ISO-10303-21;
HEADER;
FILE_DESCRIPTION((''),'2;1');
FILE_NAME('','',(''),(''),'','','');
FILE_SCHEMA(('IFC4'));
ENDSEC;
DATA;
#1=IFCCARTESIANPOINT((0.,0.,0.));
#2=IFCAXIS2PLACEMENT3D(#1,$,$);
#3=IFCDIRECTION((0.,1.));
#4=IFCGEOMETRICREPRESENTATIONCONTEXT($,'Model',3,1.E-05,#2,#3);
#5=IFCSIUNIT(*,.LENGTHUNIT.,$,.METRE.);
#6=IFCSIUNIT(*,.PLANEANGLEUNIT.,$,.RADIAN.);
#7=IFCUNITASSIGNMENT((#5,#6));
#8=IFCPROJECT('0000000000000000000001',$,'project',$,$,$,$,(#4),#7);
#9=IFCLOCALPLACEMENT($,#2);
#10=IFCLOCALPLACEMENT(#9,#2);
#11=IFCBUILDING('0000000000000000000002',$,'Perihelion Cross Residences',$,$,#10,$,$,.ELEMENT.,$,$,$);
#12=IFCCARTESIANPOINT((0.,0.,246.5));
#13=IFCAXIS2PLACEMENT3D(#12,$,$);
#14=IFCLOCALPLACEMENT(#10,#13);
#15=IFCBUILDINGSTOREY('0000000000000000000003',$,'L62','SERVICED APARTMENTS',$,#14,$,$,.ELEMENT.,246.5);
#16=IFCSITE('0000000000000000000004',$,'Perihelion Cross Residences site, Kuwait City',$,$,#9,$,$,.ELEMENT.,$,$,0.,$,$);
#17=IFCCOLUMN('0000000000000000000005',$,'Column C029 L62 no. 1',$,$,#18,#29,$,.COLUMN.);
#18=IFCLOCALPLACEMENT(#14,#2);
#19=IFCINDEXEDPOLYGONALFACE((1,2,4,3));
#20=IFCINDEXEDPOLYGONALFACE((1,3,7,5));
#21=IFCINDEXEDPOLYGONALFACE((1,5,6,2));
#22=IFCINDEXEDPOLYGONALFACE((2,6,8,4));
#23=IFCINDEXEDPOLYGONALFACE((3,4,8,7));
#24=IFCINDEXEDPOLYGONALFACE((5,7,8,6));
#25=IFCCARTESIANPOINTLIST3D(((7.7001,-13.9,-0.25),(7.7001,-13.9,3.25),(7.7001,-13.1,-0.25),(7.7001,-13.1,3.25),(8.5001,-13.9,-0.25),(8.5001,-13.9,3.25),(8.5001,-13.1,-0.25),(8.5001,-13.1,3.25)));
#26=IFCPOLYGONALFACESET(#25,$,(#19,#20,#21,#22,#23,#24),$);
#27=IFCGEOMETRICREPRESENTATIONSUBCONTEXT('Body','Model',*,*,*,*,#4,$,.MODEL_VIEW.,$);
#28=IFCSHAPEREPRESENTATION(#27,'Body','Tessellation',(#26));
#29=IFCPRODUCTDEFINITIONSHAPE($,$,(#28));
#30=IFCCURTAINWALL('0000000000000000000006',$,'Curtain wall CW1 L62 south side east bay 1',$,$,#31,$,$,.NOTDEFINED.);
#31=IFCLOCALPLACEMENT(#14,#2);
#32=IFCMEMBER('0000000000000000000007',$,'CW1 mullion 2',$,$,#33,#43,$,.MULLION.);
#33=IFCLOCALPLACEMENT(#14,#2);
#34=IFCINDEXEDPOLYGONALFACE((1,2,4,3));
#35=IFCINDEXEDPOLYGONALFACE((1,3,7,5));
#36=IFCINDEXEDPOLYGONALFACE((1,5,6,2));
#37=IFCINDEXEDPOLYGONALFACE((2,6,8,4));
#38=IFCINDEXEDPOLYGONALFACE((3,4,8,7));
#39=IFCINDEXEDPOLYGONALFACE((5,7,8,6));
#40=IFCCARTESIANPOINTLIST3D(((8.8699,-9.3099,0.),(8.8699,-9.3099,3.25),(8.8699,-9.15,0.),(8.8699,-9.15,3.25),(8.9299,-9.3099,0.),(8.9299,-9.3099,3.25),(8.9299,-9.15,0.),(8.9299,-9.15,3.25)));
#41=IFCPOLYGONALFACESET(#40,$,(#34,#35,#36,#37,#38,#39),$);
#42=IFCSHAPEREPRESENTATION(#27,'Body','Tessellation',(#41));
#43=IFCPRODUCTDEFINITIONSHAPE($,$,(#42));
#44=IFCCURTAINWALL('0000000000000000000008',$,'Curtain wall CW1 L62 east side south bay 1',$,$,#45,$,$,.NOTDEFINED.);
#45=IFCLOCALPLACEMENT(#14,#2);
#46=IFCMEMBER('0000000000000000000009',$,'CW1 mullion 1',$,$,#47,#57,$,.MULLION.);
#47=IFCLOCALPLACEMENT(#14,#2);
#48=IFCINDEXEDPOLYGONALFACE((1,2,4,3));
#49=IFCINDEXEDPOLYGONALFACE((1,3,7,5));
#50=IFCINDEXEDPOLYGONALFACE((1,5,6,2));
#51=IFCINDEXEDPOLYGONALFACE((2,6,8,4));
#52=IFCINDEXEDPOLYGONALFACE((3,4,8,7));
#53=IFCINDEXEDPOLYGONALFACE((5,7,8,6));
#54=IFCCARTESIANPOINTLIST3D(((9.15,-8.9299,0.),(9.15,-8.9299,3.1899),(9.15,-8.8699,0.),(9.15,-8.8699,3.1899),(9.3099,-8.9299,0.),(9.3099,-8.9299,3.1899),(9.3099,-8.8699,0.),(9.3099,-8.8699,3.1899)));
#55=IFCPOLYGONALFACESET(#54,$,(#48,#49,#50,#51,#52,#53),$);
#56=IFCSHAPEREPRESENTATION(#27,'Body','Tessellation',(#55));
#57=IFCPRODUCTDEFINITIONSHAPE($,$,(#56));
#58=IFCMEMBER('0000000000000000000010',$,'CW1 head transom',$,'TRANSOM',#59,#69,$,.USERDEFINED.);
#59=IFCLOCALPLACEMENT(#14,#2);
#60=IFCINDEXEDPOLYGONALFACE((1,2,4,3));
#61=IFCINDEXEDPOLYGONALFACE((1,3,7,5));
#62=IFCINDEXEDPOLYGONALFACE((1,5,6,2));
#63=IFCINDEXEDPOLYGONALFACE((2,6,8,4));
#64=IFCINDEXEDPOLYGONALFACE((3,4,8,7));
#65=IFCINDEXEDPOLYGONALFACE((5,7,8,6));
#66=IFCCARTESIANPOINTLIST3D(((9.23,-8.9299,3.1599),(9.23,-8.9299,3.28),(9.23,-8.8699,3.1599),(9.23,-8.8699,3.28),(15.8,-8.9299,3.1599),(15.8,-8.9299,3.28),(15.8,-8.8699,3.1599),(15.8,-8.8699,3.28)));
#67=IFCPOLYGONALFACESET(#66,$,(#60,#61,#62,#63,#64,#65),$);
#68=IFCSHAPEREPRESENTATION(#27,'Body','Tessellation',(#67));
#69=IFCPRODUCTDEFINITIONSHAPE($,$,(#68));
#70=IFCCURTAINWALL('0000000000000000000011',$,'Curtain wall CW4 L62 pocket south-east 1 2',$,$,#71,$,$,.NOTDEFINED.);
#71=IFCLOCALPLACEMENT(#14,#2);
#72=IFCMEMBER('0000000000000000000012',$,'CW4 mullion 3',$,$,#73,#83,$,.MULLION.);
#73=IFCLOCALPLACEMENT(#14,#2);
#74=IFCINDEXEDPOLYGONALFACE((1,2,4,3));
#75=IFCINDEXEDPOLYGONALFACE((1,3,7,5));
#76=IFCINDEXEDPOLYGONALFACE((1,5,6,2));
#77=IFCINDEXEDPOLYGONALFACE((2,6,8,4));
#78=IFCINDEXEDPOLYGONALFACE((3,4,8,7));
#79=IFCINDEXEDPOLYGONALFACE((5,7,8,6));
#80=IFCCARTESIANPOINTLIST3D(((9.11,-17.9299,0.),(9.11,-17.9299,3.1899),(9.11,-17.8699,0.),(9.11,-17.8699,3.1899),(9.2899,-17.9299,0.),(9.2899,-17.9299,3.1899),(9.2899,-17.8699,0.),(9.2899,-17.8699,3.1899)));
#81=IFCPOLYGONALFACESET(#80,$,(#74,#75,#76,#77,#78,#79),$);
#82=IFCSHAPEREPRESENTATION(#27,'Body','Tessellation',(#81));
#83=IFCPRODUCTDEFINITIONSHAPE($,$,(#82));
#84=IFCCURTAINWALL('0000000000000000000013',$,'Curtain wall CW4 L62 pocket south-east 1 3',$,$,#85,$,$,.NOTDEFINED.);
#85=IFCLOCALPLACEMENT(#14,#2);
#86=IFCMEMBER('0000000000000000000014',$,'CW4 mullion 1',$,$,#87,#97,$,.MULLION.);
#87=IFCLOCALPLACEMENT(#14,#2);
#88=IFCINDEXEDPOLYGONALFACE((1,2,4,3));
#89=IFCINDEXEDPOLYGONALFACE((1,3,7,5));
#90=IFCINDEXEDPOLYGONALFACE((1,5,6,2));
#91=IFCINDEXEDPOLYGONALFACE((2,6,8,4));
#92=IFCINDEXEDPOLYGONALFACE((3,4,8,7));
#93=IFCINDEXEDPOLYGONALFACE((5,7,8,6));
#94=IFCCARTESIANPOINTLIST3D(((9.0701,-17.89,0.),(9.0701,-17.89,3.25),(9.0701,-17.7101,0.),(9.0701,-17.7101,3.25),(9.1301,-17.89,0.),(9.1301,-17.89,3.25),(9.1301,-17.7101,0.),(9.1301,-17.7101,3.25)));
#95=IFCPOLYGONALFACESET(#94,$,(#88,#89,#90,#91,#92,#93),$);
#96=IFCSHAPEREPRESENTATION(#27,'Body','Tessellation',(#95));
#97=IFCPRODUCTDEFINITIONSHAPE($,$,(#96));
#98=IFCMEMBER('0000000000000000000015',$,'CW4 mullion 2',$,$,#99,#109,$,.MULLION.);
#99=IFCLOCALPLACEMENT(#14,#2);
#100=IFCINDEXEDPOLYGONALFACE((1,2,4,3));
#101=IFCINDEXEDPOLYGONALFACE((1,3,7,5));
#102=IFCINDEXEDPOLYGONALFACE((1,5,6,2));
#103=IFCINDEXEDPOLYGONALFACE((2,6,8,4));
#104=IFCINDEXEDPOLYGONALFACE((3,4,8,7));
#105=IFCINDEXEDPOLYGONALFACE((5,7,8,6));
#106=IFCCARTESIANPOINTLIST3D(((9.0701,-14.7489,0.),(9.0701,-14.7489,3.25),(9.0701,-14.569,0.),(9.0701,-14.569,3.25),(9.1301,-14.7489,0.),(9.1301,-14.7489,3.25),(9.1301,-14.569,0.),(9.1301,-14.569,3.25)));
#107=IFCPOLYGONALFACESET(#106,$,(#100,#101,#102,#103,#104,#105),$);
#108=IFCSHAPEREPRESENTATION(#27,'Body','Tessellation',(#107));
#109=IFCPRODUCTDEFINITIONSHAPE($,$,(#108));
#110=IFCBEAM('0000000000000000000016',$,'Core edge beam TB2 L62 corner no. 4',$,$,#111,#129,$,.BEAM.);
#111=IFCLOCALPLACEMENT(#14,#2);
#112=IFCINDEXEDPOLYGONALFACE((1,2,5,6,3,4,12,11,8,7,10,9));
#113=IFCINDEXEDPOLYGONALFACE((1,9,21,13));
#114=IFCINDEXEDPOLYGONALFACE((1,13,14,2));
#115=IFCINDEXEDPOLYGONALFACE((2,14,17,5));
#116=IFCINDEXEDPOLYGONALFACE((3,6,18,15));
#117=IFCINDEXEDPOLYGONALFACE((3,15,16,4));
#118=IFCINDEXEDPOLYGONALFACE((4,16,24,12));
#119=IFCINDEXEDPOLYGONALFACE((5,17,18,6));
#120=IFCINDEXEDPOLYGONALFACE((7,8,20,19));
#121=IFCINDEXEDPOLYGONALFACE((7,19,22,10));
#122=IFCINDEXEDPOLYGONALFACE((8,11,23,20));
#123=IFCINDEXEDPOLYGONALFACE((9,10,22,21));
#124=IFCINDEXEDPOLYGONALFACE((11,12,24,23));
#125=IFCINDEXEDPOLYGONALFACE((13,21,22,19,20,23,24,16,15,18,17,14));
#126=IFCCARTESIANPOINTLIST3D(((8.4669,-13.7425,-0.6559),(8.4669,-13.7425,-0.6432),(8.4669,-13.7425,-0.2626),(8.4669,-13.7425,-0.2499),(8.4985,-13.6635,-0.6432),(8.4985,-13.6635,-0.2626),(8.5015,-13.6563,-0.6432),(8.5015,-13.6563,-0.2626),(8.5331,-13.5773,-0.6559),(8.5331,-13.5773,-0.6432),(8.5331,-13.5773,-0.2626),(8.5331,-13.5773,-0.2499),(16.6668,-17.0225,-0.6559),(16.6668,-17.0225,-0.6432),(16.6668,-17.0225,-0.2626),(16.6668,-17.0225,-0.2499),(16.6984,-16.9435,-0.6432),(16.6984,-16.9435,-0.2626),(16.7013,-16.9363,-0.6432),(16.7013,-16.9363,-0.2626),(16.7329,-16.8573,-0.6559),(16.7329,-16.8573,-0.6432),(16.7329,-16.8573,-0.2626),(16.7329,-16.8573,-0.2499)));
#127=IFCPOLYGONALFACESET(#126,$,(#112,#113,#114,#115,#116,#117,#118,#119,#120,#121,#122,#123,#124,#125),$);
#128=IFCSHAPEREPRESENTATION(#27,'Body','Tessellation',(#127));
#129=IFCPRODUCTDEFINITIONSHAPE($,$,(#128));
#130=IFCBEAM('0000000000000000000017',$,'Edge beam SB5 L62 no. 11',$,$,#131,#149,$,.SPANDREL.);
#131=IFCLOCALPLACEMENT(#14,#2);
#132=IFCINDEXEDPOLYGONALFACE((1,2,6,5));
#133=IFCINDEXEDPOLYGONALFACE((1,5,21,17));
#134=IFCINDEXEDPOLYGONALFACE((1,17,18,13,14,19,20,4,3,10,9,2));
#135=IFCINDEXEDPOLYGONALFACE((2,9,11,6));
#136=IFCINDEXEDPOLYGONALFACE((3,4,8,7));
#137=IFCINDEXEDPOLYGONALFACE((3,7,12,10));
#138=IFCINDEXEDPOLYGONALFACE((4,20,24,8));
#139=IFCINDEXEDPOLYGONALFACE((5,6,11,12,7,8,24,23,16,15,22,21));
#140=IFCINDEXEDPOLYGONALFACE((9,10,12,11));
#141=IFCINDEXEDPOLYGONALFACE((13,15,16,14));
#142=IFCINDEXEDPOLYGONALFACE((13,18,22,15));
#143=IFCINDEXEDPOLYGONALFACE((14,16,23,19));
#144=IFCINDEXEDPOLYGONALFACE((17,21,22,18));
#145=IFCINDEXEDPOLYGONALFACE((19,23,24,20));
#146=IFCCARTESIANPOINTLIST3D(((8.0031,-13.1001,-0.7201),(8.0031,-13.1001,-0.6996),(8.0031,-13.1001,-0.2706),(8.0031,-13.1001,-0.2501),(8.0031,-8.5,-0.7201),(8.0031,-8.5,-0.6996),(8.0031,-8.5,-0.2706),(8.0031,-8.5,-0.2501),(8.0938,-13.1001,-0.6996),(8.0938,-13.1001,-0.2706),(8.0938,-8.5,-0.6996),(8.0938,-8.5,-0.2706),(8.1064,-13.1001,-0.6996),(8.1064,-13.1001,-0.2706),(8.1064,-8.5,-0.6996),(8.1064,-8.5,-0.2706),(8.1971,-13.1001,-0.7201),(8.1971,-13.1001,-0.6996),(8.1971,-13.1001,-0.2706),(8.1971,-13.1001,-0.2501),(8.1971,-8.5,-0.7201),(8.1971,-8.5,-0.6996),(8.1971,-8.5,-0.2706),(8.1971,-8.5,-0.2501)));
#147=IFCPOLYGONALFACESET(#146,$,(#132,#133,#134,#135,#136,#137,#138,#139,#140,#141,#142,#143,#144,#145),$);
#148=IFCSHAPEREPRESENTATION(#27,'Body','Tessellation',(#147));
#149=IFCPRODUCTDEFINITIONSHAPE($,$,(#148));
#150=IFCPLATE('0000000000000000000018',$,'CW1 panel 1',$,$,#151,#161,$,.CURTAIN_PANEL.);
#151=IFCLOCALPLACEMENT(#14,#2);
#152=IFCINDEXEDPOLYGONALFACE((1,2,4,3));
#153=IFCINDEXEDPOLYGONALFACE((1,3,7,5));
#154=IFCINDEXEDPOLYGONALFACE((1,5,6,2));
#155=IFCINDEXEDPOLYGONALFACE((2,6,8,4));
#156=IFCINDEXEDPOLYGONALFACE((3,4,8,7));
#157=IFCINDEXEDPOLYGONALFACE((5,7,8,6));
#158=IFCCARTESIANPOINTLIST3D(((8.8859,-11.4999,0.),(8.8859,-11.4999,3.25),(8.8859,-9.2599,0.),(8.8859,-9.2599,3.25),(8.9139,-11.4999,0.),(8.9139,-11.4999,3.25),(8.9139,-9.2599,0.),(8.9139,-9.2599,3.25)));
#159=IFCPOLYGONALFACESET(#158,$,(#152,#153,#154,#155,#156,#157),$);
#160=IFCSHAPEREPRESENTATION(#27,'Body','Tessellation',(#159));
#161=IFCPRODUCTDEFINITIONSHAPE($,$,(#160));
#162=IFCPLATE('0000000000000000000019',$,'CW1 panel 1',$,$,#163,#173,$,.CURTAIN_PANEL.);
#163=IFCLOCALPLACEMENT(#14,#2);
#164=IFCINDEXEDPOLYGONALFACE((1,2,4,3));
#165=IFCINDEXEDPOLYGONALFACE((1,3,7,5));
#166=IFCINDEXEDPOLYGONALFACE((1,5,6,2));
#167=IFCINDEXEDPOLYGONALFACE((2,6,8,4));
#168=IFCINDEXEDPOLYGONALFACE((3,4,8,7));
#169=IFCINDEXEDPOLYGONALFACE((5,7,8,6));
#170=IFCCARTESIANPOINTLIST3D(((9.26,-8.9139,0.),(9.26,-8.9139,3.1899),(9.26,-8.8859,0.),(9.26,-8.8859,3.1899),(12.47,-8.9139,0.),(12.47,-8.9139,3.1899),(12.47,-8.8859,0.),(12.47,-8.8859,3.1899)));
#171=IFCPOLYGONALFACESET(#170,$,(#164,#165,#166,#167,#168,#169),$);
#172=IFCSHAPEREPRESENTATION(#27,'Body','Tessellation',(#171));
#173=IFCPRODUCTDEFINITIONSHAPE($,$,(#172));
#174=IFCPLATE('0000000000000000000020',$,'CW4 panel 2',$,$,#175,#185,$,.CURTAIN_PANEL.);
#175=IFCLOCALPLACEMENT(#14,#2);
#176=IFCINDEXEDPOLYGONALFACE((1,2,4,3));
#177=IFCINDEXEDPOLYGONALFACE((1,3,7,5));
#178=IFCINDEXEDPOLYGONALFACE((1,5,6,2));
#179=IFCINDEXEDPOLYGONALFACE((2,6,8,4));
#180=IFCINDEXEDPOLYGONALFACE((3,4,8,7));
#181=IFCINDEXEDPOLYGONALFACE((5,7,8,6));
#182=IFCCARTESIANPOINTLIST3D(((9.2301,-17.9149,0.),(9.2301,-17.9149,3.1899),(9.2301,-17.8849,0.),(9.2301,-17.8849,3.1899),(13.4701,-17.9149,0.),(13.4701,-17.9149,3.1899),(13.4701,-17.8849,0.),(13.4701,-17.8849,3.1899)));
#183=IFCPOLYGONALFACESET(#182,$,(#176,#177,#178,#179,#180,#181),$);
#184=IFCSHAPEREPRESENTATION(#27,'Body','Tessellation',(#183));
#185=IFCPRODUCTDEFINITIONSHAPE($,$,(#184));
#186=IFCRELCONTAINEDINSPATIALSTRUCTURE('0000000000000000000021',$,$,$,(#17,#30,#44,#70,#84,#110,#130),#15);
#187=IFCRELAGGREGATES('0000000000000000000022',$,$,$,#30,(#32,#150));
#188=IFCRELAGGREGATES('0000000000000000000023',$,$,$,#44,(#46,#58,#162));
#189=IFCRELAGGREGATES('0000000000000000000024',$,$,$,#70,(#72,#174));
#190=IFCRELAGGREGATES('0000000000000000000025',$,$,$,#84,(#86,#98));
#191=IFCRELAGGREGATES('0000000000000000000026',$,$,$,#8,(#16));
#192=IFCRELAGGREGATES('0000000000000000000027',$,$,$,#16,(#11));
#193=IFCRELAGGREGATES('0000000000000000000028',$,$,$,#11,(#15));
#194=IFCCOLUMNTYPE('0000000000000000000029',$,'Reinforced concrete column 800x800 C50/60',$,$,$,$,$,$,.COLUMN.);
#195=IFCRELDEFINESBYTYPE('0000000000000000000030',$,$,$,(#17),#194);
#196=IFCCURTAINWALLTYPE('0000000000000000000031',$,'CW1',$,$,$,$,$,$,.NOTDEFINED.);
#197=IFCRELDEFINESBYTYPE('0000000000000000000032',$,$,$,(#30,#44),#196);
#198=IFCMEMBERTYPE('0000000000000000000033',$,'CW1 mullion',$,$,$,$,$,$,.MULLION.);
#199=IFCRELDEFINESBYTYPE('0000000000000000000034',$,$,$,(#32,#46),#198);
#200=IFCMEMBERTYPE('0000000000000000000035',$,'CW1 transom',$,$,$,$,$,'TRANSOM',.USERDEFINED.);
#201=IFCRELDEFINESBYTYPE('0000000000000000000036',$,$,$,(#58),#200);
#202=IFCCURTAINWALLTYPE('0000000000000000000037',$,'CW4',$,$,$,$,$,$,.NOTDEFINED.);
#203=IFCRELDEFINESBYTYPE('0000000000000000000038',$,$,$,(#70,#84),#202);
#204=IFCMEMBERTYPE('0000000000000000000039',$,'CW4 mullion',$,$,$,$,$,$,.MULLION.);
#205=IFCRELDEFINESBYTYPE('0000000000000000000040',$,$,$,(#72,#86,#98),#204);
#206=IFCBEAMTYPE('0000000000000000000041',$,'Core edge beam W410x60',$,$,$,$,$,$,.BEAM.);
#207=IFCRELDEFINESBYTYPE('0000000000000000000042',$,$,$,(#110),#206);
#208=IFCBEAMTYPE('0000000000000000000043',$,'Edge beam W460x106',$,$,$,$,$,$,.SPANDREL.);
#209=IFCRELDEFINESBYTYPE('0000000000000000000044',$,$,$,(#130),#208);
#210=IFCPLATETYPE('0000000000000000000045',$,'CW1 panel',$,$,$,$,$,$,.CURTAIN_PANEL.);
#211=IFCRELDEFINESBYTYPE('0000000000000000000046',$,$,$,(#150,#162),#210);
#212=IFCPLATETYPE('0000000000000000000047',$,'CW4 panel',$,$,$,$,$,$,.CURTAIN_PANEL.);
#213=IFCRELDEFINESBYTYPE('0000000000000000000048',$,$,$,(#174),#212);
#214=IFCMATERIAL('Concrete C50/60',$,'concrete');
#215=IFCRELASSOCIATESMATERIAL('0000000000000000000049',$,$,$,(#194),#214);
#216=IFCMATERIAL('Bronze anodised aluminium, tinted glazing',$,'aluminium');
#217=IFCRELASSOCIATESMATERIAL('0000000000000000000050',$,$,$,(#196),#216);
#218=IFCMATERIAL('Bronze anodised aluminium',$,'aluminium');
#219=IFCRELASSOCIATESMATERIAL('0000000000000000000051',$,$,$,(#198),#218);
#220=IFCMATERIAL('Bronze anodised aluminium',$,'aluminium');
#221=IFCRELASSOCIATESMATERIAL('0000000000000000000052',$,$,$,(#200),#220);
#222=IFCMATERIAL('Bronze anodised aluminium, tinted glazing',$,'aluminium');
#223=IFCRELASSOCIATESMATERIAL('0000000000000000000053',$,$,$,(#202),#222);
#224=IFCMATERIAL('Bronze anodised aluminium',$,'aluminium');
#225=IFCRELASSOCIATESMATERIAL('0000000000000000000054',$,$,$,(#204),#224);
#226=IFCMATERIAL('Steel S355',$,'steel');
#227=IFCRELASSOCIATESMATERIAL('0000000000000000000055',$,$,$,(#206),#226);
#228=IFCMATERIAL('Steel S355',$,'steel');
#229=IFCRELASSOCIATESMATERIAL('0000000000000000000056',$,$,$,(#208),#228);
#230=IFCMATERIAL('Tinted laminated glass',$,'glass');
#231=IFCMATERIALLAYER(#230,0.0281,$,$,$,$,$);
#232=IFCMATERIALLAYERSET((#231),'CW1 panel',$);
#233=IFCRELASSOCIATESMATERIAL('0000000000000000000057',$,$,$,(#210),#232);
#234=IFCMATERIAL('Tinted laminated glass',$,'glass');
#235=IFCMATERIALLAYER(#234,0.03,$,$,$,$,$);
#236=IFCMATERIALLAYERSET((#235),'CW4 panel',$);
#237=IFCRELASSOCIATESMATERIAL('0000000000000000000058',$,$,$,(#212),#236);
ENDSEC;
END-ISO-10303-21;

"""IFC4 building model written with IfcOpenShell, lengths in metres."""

from ifc_helpers import new_model, si_unit, direction, frame, origin, origin_2d, place, context, subcontext, project, spatial, rectangle, i_section, extrude, material, layer, layer_set, material_profile, profile_set, type_object, element, aggregate, save


model = new_model("IFC4")

# Units and contexts
model_context = context("Model", 3, precision=1e-05, world=origin(), true_north=direction((0.0, 1.0)))
body_context = subcontext(model_context, "Body", "Model", "MODEL_VIEW")
ifc_project = project(units=[si_unit("LENGTHUNIT", "METRE"), si_unit("PLANEANGLEUNIT", "RADIAN")], contexts=[model_context])

# Site, building, storey
site_placement = place(None, origin())
site = spatial("IfcSite", under=ifc_project, at=site_placement, Name="Perihelion Cross Residences site, Kuwait City", CompositionType="ELEMENT", RefElevation=0.0)
building_placement = place(site_placement, origin())
building = spatial("IfcBuilding", under=site, at=building_placement, Name="Perihelion Cross Residences", CompositionType="ELEMENT")
storey_placement = place(building_placement, frame((0.0, 0.0, 246.5)))
storey = spatial("IfcBuildingStorey", under=building, at=storey_placement, Name="L62", Description="SERVICED APARTMENTS", CompositionType="ELEMENT", Elevation=246.5)

# Column
ifc_material_1 = material(Name="Concrete C50/60", Category="concrete")
ifc_material_profile_1 = material_profile(ifc_material_1, rectangle(XDim=0.8, YDim=0.8, at=origin_2d()), Name="RC 800x800")
ifc_profile_set_1 = profile_set([ifc_material_profile_1], Name="Concrete C50/60")
column_type = type_object("IfcColumnType", Name="Reinforced concrete column 800x800 C50/60", PredefinedType="COLUMN", material=ifc_profile_set_1)
column_placement = place(storey_placement, frame((8.1001, -13.5, -0.25), z_axis=(0.0, 0.0, 1.0), x_axis=(1.0, 0.0, 0.0)))
element("IfcColumn", 1, at=column_placement, inside=storey, type_object=column_type, Name="Column C029 L62 no. 1", PredefinedType="COLUMN", context=body_context, shape_type="SweptSolid", body=[
    extrude(rectangle(XDim=0.8, YDim=0.8, at=origin_2d()), origin(), (0.0, 0.0, 1.0), 3.5),
])

# Curtain wall, member
ifc_material_2 = material(Name="Bronze anodised aluminium, tinted glazing", Category="aluminium")
curtain_wall_type_1 = type_object("IfcCurtainWallType", Name="CW1", PredefinedType="NOTDEFINED", material=ifc_material_2)
curtain_wall_1_placement = place(storey_placement, origin())
curtain_wall_1 = element("IfcCurtainWall", 2, at=curtain_wall_1_placement, inside=storey, type_object=curtain_wall_type_1, Name="Curtain wall CW1 L62 south side east bay 1", PredefinedType="NOTDEFINED")
ifc_material_3 = material(Name="Bronze anodised aluminium", Category="aluminium")
ifc_material_profile_2 = material_profile(ifc_material_3, rectangle(XDim=0.0601, YDim=0.1599, at=origin_2d()), Name="CW1 mullion")
ifc_profile_set_2 = profile_set([ifc_material_profile_2], Name="Bronze anodised aluminium")
member_type_1 = type_object("IfcMemberType", Name="CW1 mullion", PredefinedType="MULLION", material=ifc_profile_set_2)
member_1_placement = place(storey_placement, frame((8.8999, -9.23, 0.0), z_axis=(0.0, 0.0, 1.0), x_axis=(-1.0, 0.0, 0.0)))
member_1 = element("IfcMember", 3, at=member_1_placement, type_object=member_type_1, Name="CW1 mullion 2", PredefinedType="MULLION", context=body_context, shape_type="SweptSolid", body=[
    extrude(rectangle(XDim=0.0601, YDim=0.1599, at=origin_2d()), origin(), (0.0, 0.0, 1.0), 3.25),
])

# Curtain wall, members
curtain_wall_2_placement = place(storey_placement, origin())
curtain_wall_2 = element("IfcCurtainWall", 4, at=curtain_wall_2_placement, inside=storey, type_object=curtain_wall_type_1, Name="Curtain wall CW1 L62 east side south bay 1", PredefinedType="NOTDEFINED")
member_2_placement = place(storey_placement, frame((9.23, -8.8999, 0.0), z_axis=(0.0, 0.0, 1.0), x_axis=(0.0, 1.0, 0.0)))
member_2 = element("IfcMember", 5, at=member_2_placement, type_object=member_type_1, Name="CW1 mullion 1", PredefinedType="MULLION", context=body_context, shape_type="SweptSolid", body=[
    extrude(rectangle(XDim=0.0601, YDim=0.1599, at=origin_2d()), origin(), (0.0, 0.0, 1.0), 3.1899),
])
ifc_material_4 = material(Name="Bronze anodised aluminium", Category="aluminium")
ifc_material_profile_3 = material_profile(ifc_material_4, rectangle(XDim=0.0601, YDim=0.1201, at=origin_2d()), Name="CW1 transom")
ifc_profile_set_3 = profile_set([ifc_material_profile_3], Name="Bronze anodised aluminium")
member_type_2 = type_object("IfcMemberType", Name="CW1 transom", ElementType="TRANSOM", PredefinedType="USERDEFINED", material=ifc_profile_set_3)
member_3_placement = place(storey_placement, frame((9.23, -8.8999, 3.22), z_axis=(1.0, 0.0, 0.0), x_axis=(0.0, 1.0, 0.0)))
member_3 = element("IfcMember", 6, at=member_3_placement, type_object=member_type_2, Name="CW1 head transom", ObjectType="TRANSOM", PredefinedType="USERDEFINED", context=body_context, shape_type="SweptSolid", body=[
    extrude(rectangle(XDim=0.0601, YDim=0.1201, at=origin_2d()), origin(), (0.0, 0.0, 1.0), 6.5701),
])

# Curtain wall, member
ifc_material_5 = material(Name="Bronze anodised aluminium, tinted glazing", Category="aluminium")
curtain_wall_type_2 = type_object("IfcCurtainWallType", Name="CW4", PredefinedType="NOTDEFINED", material=ifc_material_5)
curtain_wall_3_placement = place(storey_placement, origin())
curtain_wall_3 = element("IfcCurtainWall", 7, at=curtain_wall_3_placement, inside=storey, type_object=curtain_wall_type_2, Name="Curtain wall CW4 L62 pocket south-east 1 2", PredefinedType="NOTDEFINED")
ifc_material_6 = material(Name="Bronze anodised aluminium", Category="aluminium")
ifc_material_profile_4 = material_profile(ifc_material_6, rectangle(XDim=0.0601, YDim=0.1799, at=origin_2d()), Name="CW4 mullion")
ifc_profile_set_4 = profile_set([ifc_material_profile_4], Name="Bronze anodised aluminium")
member_type_3 = type_object("IfcMemberType", Name="CW4 mullion", PredefinedType="MULLION", material=ifc_profile_set_4)
member_4_placement = place(storey_placement, frame((9.2, -17.8999, 0.0), z_axis=(0.0, 0.0, 1.0), x_axis=(0.0, -1.0, 0.0)))
member_4 = element("IfcMember", 8, at=member_4_placement, type_object=member_type_3, Name="CW4 mullion 3", PredefinedType="MULLION", context=body_context, shape_type="SweptSolid", body=[
    extrude(rectangle(XDim=0.0601, YDim=0.1799, at=origin_2d()), origin(), (0.0, 0.0, 1.0), 3.1899),
])

# Curtain wall, members
curtain_wall_4_placement = place(storey_placement, origin())
curtain_wall_4 = element("IfcCurtainWall", 9, at=curtain_wall_4_placement, inside=storey, type_object=curtain_wall_type_2, Name="Curtain wall CW4 L62 pocket south-east 1 3", PredefinedType="NOTDEFINED")
member_5_placement = place(storey_placement, frame((9.1001, -17.8, 0.0), z_axis=(0.0, 0.0, 1.0), x_axis=(-1.0, 0.0, 0.0)))
member_5 = element("IfcMember", 10, at=member_5_placement, type_object=member_type_3, Name="CW4 mullion 1", PredefinedType="MULLION", context=body_context, shape_type="SweptSolid", body=[
    extrude(rectangle(XDim=0.0601, YDim=0.1799, at=origin_2d()), origin(), (0.0, 0.0, 1.0), 3.25),
])
member_6_placement = place(storey_placement, frame((9.1001, -14.6589, 0.0), z_axis=(0.0, 0.0, 1.0), x_axis=(-1.0, 0.0, 0.0)))
member_6 = element("IfcMember", 11, at=member_6_placement, type_object=member_type_3, Name="CW4 mullion 2", PredefinedType="MULLION", context=body_context, shape_type="SweptSolid", body=[
    extrude(rectangle(XDim=0.0601, YDim=0.1799, at=origin_2d()), origin(), (0.0, 0.0, 1.0), 3.25),
])

# Beams
ifc_material_7 = material(Name="Steel S355", Category="steel")
ifc_material_profile_5 = material_profile(ifc_material_7, i_section(OverallWidth=0.178, OverallDepth=0.406, WebThickness=0.0078, FlangeThickness=0.0127, at=origin_2d()), Name="W410x60")
ifc_profile_set_5 = profile_set([ifc_material_profile_5], Name="Steel S355")
beam_type_1 = type_object("IfcBeamType", Name="Core edge beam W410x60", PredefinedType="BEAM", material=ifc_profile_set_5)
beam_1_placement = place(storey_placement, frame((8.5, -13.6599, -0.4529), z_axis=(0.928475, -0.371395, 0.0), x_axis=(0.371395, 0.928475, 0.0)))
element("IfcBeam", 12, at=beam_1_placement, inside=storey, type_object=beam_type_1, Name="Core edge beam TB2 L62 corner no. 4", PredefinedType="BEAM", context=body_context, shape_type="SweptSolid", body=[
    extrude(i_section(OverallWidth=0.178, OverallDepth=0.406, WebThickness=0.0078, FlangeThickness=0.0127, at=origin_2d()), origin(), (0.0, 0.0, 1.0), 8.8315),
])
ifc_material_8 = material(Name="Steel S355", Category="steel")
ifc_material_profile_6 = material_profile(ifc_material_8, i_section(OverallWidth=0.1941, OverallDepth=0.47, WebThickness=0.0127, FlangeThickness=0.0205, at=origin_2d()), Name="W460x106")
ifc_profile_set_6 = profile_set([ifc_material_profile_6], Name="Steel S355")
beam_type_2 = type_object("IfcBeamType", Name="Edge beam W460x106", PredefinedType="SPANDREL", material=ifc_profile_set_6)
beam_2_placement = place(storey_placement, frame((8.1001, -13.1001, -0.4851), z_axis=(0.0, 1.0, 0.0), x_axis=(-1.0, 0.0, 0.0)))
element("IfcBeam", 13, at=beam_2_placement, inside=storey, type_object=beam_type_2, Name="Edge beam SB5 L62 no. 11", PredefinedType="SPANDREL", context=body_context, shape_type="SweptSolid", body=[
    extrude(i_section(OverallWidth=0.1941, OverallDepth=0.47, WebThickness=0.0127, FlangeThickness=0.0205, at=origin_2d()), origin(), (0.0, 0.0, 1.0), 4.6001),
])

# Plates
ifc_material_9 = material(Name="Tinted laminated glass", Category="glass")
ifc_layer_1 = layer(ifc_material_9, 0.0281)
ifc_layer_set_1 = layer_set([ifc_layer_1], Name="CW1 panel")
plate_type_1 = type_object("IfcPlateType", Name="CW1 panel", PredefinedType="CURTAIN_PANEL", material=ifc_layer_set_1)
plate_1_placement = place(storey_placement, frame((8.8999, -10.3799, 0.0), z_axis=(0.0, 0.0, 1.0), x_axis=(0.0, 1.0, 0.0)))
plate_1 = element("IfcPlate", 14, at=plate_1_placement, type_object=plate_type_1, Name="CW1 panel 1", PredefinedType="CURTAIN_PANEL", context=body_context, shape_type="SweptSolid", body=[
    extrude(rectangle(XDim=2.24, YDim=0.0281, at=origin_2d()), origin(), (0.0, 0.0, 1.0), 3.25),
])
aggregate(curtain_wall_1, [member_1, plate_1])
plate_2_placement = place(storey_placement, frame((10.865, -8.8999, 0.0), z_axis=(0.0, 0.0, 1.0), x_axis=(1.0, 0.0, 0.0)))
plate_2 = element("IfcPlate", 15, at=plate_2_placement, type_object=plate_type_1, Name="CW1 panel 1", PredefinedType="CURTAIN_PANEL", context=body_context, shape_type="SweptSolid", body=[
    extrude(rectangle(XDim=3.21, YDim=0.0281, at=origin_2d()), origin(), (0.0, 0.0, 1.0), 3.1899),
])
aggregate(curtain_wall_2, [member_2, member_3, plate_2])
ifc_material_10 = material(Name="Tinted laminated glass", Category="glass")
ifc_layer_2 = layer(ifc_material_10, 0.03)
ifc_layer_set_2 = layer_set([ifc_layer_2], Name="CW4 panel")
plate_type_2 = type_object("IfcPlateType", Name="CW4 panel", PredefinedType="CURTAIN_PANEL", material=ifc_layer_set_2)
plate_3_placement = place(storey_placement, frame((11.3501, -17.8999, 0.0), z_axis=(0.0, 0.0, 1.0), x_axis=(-1.0, 0.0, 0.0)))
plate_3 = element("IfcPlate", 16, at=plate_3_placement, type_object=plate_type_2, Name="CW4 panel 2", PredefinedType="CURTAIN_PANEL", context=body_context, shape_type="SweptSolid", body=[
    extrude(rectangle(XDim=4.24, YDim=0.03, at=origin_2d()), origin(), (0.0, 0.0, 1.0), 3.1899),
])
aggregate(curtain_wall_3, [member_4, plate_3])
aggregate(curtain_wall_4, [member_5, member_6])

save(model, "model.ifc")
